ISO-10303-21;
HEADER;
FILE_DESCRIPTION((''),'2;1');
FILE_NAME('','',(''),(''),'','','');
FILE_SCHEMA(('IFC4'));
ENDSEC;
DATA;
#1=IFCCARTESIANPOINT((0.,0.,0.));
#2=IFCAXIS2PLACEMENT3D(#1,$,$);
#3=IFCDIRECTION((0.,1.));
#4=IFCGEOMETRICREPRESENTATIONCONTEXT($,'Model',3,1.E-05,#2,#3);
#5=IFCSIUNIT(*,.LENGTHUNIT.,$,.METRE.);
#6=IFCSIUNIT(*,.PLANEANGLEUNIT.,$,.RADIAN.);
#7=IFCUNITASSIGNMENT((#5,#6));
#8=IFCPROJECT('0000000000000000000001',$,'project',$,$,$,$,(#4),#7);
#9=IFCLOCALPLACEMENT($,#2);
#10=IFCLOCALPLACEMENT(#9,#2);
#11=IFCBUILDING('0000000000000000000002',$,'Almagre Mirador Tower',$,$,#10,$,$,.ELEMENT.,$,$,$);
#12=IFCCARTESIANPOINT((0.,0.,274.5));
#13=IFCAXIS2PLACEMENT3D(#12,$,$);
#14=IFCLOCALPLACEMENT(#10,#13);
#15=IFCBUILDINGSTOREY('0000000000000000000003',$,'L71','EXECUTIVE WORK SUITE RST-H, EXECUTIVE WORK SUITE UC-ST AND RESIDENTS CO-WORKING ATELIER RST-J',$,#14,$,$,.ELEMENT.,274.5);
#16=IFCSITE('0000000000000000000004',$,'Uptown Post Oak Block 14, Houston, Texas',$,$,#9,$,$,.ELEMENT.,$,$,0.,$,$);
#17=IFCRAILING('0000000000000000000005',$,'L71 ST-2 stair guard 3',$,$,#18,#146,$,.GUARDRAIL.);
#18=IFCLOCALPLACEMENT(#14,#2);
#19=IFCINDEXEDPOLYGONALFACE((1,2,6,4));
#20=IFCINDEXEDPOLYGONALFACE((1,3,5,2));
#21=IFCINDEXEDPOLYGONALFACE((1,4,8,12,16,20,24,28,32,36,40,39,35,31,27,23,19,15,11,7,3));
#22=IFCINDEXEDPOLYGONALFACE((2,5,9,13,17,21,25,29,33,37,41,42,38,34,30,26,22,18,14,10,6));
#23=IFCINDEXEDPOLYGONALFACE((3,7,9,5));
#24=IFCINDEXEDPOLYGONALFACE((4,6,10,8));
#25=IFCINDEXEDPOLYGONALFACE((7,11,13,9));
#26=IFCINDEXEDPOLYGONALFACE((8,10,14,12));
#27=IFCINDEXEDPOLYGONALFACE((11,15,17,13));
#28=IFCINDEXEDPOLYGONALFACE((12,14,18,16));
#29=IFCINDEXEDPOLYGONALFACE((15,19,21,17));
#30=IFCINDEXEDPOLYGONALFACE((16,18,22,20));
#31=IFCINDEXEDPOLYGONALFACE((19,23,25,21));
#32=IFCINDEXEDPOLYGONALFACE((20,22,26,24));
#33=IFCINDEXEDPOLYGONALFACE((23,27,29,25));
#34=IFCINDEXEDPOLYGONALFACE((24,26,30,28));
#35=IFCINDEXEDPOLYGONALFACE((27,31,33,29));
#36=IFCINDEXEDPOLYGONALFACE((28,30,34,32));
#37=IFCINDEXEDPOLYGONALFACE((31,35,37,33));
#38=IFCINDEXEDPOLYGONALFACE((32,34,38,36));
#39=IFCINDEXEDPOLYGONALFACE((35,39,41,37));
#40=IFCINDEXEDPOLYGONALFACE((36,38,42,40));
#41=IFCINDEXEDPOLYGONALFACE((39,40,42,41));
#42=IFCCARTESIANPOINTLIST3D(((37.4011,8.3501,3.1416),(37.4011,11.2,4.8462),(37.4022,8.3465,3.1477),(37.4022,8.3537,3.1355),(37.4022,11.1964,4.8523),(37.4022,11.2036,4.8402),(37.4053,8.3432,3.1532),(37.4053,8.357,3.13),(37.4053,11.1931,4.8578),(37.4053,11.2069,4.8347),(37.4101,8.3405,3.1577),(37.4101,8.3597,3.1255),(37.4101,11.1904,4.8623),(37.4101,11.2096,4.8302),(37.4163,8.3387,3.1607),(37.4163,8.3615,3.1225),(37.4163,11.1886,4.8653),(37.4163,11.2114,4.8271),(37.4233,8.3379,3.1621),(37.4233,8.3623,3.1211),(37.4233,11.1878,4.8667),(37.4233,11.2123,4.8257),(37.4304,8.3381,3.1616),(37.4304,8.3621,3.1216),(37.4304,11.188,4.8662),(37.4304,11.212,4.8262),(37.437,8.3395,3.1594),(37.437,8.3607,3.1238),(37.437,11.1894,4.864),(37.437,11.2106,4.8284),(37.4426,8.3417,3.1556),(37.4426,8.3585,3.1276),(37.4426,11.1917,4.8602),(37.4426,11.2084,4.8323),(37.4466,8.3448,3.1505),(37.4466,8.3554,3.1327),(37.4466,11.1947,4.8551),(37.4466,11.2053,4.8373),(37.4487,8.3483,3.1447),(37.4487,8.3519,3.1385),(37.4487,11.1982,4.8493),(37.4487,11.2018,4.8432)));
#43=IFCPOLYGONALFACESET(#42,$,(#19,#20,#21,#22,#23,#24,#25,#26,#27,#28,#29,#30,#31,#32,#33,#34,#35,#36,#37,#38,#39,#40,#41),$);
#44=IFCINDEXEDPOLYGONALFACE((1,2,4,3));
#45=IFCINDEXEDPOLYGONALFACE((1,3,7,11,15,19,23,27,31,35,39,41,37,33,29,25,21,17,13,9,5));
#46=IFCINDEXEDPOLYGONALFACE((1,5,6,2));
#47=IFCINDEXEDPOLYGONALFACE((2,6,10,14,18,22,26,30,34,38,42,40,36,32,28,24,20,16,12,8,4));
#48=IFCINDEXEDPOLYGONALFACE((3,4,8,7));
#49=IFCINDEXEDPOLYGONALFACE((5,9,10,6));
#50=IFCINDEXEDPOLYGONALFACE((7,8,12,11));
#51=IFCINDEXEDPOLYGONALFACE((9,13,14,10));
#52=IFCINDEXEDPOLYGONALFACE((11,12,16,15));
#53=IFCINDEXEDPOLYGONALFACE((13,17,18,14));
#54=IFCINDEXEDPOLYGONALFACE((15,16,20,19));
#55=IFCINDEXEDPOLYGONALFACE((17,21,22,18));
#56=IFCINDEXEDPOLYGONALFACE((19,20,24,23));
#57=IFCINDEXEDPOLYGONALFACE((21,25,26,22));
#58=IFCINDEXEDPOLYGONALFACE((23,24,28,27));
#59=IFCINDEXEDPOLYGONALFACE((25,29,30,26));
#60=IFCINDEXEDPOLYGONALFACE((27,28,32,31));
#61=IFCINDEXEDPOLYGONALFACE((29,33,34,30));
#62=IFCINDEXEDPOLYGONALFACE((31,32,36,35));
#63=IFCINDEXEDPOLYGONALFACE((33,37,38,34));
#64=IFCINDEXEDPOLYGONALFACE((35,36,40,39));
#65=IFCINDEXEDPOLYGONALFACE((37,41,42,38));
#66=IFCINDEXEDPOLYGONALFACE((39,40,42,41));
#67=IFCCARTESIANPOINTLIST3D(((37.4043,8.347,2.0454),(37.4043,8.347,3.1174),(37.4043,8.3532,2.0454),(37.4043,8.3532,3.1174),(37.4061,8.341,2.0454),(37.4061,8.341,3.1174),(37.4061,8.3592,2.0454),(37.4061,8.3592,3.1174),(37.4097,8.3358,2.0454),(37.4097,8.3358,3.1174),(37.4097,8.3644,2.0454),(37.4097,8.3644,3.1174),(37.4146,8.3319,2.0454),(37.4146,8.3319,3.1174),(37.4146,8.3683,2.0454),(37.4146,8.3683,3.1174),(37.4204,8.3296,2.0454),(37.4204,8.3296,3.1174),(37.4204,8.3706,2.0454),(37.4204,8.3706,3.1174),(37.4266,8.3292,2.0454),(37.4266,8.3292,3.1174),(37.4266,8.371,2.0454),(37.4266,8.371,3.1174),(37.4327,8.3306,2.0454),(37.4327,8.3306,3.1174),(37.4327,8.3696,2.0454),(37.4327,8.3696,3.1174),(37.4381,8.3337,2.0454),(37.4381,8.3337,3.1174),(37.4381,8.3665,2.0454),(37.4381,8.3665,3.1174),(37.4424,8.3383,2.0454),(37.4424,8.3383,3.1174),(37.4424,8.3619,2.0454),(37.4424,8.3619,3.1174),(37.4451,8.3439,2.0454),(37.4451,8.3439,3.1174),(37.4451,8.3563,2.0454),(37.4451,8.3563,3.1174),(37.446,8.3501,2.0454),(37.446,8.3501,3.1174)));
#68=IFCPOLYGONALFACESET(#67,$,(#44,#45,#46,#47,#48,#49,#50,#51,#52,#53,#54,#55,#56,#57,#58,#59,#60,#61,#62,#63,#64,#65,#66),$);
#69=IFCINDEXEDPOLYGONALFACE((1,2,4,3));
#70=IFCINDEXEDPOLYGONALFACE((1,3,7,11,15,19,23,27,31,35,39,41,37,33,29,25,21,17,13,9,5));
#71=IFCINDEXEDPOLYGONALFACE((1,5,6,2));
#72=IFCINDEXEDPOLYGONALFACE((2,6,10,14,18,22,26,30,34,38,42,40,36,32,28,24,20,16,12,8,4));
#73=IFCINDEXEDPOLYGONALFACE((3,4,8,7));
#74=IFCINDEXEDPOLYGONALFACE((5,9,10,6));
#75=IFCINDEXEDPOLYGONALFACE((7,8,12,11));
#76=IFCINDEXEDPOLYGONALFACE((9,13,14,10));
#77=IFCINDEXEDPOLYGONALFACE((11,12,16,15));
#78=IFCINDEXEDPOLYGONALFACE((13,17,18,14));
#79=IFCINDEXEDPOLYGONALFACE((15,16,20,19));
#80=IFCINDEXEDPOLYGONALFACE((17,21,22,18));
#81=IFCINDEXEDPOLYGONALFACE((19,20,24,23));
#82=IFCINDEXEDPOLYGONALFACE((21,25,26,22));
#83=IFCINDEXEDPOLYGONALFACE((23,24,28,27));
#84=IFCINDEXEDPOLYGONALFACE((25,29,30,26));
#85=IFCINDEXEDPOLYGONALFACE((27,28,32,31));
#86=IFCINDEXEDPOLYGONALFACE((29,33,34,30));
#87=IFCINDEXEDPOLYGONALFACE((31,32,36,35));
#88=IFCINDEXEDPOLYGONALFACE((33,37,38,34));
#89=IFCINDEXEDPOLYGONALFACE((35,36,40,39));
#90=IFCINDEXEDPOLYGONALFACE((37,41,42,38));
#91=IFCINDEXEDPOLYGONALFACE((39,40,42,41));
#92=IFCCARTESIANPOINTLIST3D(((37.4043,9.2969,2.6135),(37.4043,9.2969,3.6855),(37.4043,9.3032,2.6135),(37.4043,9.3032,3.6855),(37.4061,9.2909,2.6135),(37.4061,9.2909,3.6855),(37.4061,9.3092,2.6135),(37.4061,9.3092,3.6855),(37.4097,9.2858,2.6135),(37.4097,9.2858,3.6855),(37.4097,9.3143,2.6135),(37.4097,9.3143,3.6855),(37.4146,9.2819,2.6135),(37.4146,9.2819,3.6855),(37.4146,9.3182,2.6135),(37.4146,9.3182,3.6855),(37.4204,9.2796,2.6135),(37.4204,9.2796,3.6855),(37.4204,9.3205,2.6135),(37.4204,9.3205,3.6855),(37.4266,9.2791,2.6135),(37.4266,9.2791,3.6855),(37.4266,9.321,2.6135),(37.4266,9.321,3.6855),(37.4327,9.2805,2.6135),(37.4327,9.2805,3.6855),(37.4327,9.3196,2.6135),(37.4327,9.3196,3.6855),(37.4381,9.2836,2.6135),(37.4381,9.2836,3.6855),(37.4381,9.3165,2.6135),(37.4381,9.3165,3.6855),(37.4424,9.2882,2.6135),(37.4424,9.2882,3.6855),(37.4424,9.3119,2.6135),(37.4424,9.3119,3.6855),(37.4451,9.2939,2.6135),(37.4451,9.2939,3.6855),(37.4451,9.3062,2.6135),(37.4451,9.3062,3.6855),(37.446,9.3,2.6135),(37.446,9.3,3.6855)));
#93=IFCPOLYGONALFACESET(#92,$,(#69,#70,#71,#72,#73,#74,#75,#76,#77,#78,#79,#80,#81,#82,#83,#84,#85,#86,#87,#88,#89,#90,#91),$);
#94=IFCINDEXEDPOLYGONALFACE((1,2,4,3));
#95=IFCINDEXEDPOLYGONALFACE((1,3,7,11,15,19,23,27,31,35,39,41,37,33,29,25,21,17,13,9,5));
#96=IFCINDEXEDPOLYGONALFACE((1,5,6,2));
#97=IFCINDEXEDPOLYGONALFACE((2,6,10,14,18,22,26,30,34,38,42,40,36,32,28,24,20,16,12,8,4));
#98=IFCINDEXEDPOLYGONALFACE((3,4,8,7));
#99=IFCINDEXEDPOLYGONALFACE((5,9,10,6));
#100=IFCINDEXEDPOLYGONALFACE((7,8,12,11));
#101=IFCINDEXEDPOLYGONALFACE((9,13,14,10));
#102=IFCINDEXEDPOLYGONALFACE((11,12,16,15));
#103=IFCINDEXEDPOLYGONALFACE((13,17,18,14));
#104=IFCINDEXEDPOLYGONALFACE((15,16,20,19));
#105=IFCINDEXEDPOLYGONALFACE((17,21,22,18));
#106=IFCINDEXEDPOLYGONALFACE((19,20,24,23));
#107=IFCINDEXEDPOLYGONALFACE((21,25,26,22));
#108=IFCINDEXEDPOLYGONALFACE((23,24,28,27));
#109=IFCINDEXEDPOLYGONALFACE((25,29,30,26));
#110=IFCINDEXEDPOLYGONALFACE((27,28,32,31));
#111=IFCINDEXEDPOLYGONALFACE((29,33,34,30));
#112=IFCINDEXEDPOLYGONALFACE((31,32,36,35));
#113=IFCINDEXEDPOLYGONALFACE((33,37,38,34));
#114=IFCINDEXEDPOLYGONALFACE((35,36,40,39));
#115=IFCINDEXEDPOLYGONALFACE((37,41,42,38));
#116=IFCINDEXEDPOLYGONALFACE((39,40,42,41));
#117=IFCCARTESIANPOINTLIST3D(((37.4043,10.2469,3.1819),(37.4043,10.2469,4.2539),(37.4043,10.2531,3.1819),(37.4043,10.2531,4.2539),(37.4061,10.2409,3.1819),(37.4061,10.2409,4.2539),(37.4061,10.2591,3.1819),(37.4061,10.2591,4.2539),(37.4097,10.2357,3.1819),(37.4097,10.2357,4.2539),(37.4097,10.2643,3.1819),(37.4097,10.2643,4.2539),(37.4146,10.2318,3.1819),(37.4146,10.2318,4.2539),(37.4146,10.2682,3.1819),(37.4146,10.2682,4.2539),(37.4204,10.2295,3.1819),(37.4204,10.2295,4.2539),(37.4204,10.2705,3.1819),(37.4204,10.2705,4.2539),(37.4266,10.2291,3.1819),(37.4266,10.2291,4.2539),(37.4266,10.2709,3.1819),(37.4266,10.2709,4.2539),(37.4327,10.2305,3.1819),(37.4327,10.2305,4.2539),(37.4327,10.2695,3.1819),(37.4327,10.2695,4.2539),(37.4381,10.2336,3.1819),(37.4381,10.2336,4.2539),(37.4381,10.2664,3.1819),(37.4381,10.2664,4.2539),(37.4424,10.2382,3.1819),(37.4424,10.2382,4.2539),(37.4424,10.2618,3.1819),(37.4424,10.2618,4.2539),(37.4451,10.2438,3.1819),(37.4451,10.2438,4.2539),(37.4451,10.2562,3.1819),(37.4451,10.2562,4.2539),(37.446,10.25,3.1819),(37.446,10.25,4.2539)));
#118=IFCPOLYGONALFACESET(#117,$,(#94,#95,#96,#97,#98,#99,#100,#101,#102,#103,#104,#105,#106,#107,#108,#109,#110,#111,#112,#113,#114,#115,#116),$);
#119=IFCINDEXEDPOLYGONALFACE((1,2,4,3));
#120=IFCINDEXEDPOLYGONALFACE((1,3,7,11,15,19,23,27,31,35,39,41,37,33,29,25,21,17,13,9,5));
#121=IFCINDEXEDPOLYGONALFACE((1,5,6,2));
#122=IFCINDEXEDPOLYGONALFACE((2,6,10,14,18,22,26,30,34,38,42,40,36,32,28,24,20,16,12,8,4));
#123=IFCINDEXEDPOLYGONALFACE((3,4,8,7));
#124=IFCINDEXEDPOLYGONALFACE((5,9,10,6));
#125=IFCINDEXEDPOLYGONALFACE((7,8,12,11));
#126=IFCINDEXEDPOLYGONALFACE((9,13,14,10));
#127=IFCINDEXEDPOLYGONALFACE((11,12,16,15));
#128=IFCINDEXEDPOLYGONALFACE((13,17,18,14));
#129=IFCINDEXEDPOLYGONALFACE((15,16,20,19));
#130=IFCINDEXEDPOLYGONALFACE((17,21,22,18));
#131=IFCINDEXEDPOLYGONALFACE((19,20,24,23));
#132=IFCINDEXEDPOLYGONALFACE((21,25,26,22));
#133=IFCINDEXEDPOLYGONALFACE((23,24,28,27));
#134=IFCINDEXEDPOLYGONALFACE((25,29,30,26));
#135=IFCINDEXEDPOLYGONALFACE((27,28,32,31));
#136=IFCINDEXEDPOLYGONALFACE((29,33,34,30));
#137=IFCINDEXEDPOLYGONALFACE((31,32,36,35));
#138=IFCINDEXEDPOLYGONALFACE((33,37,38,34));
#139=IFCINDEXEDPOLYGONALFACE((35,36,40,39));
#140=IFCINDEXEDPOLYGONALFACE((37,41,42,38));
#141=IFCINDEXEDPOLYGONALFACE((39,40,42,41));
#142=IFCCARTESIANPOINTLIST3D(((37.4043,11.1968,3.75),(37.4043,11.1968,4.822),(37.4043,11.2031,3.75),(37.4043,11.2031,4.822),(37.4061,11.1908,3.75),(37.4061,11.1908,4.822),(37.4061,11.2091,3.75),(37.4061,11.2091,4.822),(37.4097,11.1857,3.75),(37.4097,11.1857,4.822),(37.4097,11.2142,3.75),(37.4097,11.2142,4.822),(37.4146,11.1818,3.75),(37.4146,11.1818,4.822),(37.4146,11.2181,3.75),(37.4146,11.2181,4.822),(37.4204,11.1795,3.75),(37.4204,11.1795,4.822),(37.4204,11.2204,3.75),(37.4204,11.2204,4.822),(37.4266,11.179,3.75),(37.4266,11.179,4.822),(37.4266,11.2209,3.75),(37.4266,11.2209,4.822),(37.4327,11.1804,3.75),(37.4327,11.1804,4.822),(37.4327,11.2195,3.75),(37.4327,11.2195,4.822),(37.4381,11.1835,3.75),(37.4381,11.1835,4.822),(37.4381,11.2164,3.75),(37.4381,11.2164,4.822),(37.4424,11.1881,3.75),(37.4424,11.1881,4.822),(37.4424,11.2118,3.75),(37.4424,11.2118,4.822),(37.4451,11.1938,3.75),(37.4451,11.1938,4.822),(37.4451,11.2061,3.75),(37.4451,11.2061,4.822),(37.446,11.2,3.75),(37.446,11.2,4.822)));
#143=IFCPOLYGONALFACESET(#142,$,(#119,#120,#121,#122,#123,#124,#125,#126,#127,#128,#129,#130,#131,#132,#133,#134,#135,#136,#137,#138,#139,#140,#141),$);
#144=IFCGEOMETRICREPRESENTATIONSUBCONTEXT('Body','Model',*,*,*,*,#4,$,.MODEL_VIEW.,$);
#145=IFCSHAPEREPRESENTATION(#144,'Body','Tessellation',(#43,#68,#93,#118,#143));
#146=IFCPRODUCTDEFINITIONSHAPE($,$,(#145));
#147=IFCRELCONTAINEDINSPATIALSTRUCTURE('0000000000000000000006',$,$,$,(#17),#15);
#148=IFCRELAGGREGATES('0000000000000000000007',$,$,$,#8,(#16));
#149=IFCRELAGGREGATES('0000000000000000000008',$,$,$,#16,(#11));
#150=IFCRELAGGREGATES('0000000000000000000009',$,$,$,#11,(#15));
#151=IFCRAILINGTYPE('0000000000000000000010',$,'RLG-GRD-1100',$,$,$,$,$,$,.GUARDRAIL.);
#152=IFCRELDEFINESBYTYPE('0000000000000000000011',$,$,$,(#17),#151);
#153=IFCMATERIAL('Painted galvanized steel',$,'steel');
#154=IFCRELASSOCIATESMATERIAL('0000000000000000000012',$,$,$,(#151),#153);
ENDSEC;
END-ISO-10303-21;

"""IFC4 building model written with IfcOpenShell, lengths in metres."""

from ifc_helpers import new_model, si_unit, direction, frame, origin, origin_2d, place, context, subcontext, project, spatial, circle, extrude, material, type_object, element, save


model = new_model("IFC4")

# Units and contexts
model_context = context("Model", 3, precision=1e-05, world=origin(), true_north=direction((0.0, 1.0)))
body_context = subcontext(model_context, "Body", "Model", "MODEL_VIEW")
ifc_project = project(units=[si_unit("LENGTHUNIT", "METRE"), si_unit("PLANEANGLEUNIT", "RADIAN")], contexts=[model_context])

# Site, building, storey
site_placement = place(None, origin())
site = spatial("IfcSite", under=ifc_project, at=site_placement, Name="Uptown Post Oak Block 14, Houston, Texas", CompositionType="ELEMENT", RefElevation=0.0)
building_placement = place(site_placement, origin())
building = spatial("IfcBuilding", under=site, at=building_placement, Name="Almagre Mirador Tower", CompositionType="ELEMENT")
storey_placement = place(building_placement, frame((0.0, 0.0, 274.5)))
storey = spatial("IfcBuildingStorey", under=building, at=storey_placement, Name="L71", Description="EXECUTIVE WORK SUITE RST-H, EXECUTIVE WORK SUITE UC-ST AND RESIDENTS CO-WORKING ATELIER RST-J", CompositionType="ELEMENT", Elevation=274.5)

# Railing
ifc_material_1 = material(Name="Painted galvanized steel", Category="steel")
railing_type_1 = type_object("IfcRailingType", Name="RLG-GRD-1100", PredefinedType="GUARDRAIL", material=ifc_material_1)
railing_1_placement = place(storey_placement, frame((37.425, 8.3501, 2.0454)))
element("IfcRailing", 1, at=railing_1_placement, inside=storey, type_object=railing_type_1, Name="L71 ST-2 stair guard 3", PredefinedType="GUARDRAIL", context=body_context, shape_type="SweptSolid", body=[
    extrude(circle(Radius=0.0239, at=origin_2d()), frame((0.0, 0.0, 1.0962), z_axis=(0.0, 0.858199, 0.513317), x_axis=(-1.0, 0.0, 0.0)), (0.0, 0.0, 1.0), 3.3208),
    extrude(circle(Radius=0.021, at=origin_2d()), origin(), (0.0, 0.0, 1.0), 1.072),
    extrude(circle(Radius=0.021, at=origin_2d()), frame((0.0, 0.95, 0.5681)), (0.0, 0.0, 1.0), 1.072),
    extrude(circle(Radius=0.021, at=origin_2d()), frame((0.0, 1.8999, 1.1365)), (0.0, 0.0, 1.0), 1.072),
    extrude(circle(Radius=0.021, at=origin_2d()), frame((0.0, 2.8499, 1.7046)), (0.0, 0.0, 1.0), 1.072),
])

save(model, "model.ifc")
